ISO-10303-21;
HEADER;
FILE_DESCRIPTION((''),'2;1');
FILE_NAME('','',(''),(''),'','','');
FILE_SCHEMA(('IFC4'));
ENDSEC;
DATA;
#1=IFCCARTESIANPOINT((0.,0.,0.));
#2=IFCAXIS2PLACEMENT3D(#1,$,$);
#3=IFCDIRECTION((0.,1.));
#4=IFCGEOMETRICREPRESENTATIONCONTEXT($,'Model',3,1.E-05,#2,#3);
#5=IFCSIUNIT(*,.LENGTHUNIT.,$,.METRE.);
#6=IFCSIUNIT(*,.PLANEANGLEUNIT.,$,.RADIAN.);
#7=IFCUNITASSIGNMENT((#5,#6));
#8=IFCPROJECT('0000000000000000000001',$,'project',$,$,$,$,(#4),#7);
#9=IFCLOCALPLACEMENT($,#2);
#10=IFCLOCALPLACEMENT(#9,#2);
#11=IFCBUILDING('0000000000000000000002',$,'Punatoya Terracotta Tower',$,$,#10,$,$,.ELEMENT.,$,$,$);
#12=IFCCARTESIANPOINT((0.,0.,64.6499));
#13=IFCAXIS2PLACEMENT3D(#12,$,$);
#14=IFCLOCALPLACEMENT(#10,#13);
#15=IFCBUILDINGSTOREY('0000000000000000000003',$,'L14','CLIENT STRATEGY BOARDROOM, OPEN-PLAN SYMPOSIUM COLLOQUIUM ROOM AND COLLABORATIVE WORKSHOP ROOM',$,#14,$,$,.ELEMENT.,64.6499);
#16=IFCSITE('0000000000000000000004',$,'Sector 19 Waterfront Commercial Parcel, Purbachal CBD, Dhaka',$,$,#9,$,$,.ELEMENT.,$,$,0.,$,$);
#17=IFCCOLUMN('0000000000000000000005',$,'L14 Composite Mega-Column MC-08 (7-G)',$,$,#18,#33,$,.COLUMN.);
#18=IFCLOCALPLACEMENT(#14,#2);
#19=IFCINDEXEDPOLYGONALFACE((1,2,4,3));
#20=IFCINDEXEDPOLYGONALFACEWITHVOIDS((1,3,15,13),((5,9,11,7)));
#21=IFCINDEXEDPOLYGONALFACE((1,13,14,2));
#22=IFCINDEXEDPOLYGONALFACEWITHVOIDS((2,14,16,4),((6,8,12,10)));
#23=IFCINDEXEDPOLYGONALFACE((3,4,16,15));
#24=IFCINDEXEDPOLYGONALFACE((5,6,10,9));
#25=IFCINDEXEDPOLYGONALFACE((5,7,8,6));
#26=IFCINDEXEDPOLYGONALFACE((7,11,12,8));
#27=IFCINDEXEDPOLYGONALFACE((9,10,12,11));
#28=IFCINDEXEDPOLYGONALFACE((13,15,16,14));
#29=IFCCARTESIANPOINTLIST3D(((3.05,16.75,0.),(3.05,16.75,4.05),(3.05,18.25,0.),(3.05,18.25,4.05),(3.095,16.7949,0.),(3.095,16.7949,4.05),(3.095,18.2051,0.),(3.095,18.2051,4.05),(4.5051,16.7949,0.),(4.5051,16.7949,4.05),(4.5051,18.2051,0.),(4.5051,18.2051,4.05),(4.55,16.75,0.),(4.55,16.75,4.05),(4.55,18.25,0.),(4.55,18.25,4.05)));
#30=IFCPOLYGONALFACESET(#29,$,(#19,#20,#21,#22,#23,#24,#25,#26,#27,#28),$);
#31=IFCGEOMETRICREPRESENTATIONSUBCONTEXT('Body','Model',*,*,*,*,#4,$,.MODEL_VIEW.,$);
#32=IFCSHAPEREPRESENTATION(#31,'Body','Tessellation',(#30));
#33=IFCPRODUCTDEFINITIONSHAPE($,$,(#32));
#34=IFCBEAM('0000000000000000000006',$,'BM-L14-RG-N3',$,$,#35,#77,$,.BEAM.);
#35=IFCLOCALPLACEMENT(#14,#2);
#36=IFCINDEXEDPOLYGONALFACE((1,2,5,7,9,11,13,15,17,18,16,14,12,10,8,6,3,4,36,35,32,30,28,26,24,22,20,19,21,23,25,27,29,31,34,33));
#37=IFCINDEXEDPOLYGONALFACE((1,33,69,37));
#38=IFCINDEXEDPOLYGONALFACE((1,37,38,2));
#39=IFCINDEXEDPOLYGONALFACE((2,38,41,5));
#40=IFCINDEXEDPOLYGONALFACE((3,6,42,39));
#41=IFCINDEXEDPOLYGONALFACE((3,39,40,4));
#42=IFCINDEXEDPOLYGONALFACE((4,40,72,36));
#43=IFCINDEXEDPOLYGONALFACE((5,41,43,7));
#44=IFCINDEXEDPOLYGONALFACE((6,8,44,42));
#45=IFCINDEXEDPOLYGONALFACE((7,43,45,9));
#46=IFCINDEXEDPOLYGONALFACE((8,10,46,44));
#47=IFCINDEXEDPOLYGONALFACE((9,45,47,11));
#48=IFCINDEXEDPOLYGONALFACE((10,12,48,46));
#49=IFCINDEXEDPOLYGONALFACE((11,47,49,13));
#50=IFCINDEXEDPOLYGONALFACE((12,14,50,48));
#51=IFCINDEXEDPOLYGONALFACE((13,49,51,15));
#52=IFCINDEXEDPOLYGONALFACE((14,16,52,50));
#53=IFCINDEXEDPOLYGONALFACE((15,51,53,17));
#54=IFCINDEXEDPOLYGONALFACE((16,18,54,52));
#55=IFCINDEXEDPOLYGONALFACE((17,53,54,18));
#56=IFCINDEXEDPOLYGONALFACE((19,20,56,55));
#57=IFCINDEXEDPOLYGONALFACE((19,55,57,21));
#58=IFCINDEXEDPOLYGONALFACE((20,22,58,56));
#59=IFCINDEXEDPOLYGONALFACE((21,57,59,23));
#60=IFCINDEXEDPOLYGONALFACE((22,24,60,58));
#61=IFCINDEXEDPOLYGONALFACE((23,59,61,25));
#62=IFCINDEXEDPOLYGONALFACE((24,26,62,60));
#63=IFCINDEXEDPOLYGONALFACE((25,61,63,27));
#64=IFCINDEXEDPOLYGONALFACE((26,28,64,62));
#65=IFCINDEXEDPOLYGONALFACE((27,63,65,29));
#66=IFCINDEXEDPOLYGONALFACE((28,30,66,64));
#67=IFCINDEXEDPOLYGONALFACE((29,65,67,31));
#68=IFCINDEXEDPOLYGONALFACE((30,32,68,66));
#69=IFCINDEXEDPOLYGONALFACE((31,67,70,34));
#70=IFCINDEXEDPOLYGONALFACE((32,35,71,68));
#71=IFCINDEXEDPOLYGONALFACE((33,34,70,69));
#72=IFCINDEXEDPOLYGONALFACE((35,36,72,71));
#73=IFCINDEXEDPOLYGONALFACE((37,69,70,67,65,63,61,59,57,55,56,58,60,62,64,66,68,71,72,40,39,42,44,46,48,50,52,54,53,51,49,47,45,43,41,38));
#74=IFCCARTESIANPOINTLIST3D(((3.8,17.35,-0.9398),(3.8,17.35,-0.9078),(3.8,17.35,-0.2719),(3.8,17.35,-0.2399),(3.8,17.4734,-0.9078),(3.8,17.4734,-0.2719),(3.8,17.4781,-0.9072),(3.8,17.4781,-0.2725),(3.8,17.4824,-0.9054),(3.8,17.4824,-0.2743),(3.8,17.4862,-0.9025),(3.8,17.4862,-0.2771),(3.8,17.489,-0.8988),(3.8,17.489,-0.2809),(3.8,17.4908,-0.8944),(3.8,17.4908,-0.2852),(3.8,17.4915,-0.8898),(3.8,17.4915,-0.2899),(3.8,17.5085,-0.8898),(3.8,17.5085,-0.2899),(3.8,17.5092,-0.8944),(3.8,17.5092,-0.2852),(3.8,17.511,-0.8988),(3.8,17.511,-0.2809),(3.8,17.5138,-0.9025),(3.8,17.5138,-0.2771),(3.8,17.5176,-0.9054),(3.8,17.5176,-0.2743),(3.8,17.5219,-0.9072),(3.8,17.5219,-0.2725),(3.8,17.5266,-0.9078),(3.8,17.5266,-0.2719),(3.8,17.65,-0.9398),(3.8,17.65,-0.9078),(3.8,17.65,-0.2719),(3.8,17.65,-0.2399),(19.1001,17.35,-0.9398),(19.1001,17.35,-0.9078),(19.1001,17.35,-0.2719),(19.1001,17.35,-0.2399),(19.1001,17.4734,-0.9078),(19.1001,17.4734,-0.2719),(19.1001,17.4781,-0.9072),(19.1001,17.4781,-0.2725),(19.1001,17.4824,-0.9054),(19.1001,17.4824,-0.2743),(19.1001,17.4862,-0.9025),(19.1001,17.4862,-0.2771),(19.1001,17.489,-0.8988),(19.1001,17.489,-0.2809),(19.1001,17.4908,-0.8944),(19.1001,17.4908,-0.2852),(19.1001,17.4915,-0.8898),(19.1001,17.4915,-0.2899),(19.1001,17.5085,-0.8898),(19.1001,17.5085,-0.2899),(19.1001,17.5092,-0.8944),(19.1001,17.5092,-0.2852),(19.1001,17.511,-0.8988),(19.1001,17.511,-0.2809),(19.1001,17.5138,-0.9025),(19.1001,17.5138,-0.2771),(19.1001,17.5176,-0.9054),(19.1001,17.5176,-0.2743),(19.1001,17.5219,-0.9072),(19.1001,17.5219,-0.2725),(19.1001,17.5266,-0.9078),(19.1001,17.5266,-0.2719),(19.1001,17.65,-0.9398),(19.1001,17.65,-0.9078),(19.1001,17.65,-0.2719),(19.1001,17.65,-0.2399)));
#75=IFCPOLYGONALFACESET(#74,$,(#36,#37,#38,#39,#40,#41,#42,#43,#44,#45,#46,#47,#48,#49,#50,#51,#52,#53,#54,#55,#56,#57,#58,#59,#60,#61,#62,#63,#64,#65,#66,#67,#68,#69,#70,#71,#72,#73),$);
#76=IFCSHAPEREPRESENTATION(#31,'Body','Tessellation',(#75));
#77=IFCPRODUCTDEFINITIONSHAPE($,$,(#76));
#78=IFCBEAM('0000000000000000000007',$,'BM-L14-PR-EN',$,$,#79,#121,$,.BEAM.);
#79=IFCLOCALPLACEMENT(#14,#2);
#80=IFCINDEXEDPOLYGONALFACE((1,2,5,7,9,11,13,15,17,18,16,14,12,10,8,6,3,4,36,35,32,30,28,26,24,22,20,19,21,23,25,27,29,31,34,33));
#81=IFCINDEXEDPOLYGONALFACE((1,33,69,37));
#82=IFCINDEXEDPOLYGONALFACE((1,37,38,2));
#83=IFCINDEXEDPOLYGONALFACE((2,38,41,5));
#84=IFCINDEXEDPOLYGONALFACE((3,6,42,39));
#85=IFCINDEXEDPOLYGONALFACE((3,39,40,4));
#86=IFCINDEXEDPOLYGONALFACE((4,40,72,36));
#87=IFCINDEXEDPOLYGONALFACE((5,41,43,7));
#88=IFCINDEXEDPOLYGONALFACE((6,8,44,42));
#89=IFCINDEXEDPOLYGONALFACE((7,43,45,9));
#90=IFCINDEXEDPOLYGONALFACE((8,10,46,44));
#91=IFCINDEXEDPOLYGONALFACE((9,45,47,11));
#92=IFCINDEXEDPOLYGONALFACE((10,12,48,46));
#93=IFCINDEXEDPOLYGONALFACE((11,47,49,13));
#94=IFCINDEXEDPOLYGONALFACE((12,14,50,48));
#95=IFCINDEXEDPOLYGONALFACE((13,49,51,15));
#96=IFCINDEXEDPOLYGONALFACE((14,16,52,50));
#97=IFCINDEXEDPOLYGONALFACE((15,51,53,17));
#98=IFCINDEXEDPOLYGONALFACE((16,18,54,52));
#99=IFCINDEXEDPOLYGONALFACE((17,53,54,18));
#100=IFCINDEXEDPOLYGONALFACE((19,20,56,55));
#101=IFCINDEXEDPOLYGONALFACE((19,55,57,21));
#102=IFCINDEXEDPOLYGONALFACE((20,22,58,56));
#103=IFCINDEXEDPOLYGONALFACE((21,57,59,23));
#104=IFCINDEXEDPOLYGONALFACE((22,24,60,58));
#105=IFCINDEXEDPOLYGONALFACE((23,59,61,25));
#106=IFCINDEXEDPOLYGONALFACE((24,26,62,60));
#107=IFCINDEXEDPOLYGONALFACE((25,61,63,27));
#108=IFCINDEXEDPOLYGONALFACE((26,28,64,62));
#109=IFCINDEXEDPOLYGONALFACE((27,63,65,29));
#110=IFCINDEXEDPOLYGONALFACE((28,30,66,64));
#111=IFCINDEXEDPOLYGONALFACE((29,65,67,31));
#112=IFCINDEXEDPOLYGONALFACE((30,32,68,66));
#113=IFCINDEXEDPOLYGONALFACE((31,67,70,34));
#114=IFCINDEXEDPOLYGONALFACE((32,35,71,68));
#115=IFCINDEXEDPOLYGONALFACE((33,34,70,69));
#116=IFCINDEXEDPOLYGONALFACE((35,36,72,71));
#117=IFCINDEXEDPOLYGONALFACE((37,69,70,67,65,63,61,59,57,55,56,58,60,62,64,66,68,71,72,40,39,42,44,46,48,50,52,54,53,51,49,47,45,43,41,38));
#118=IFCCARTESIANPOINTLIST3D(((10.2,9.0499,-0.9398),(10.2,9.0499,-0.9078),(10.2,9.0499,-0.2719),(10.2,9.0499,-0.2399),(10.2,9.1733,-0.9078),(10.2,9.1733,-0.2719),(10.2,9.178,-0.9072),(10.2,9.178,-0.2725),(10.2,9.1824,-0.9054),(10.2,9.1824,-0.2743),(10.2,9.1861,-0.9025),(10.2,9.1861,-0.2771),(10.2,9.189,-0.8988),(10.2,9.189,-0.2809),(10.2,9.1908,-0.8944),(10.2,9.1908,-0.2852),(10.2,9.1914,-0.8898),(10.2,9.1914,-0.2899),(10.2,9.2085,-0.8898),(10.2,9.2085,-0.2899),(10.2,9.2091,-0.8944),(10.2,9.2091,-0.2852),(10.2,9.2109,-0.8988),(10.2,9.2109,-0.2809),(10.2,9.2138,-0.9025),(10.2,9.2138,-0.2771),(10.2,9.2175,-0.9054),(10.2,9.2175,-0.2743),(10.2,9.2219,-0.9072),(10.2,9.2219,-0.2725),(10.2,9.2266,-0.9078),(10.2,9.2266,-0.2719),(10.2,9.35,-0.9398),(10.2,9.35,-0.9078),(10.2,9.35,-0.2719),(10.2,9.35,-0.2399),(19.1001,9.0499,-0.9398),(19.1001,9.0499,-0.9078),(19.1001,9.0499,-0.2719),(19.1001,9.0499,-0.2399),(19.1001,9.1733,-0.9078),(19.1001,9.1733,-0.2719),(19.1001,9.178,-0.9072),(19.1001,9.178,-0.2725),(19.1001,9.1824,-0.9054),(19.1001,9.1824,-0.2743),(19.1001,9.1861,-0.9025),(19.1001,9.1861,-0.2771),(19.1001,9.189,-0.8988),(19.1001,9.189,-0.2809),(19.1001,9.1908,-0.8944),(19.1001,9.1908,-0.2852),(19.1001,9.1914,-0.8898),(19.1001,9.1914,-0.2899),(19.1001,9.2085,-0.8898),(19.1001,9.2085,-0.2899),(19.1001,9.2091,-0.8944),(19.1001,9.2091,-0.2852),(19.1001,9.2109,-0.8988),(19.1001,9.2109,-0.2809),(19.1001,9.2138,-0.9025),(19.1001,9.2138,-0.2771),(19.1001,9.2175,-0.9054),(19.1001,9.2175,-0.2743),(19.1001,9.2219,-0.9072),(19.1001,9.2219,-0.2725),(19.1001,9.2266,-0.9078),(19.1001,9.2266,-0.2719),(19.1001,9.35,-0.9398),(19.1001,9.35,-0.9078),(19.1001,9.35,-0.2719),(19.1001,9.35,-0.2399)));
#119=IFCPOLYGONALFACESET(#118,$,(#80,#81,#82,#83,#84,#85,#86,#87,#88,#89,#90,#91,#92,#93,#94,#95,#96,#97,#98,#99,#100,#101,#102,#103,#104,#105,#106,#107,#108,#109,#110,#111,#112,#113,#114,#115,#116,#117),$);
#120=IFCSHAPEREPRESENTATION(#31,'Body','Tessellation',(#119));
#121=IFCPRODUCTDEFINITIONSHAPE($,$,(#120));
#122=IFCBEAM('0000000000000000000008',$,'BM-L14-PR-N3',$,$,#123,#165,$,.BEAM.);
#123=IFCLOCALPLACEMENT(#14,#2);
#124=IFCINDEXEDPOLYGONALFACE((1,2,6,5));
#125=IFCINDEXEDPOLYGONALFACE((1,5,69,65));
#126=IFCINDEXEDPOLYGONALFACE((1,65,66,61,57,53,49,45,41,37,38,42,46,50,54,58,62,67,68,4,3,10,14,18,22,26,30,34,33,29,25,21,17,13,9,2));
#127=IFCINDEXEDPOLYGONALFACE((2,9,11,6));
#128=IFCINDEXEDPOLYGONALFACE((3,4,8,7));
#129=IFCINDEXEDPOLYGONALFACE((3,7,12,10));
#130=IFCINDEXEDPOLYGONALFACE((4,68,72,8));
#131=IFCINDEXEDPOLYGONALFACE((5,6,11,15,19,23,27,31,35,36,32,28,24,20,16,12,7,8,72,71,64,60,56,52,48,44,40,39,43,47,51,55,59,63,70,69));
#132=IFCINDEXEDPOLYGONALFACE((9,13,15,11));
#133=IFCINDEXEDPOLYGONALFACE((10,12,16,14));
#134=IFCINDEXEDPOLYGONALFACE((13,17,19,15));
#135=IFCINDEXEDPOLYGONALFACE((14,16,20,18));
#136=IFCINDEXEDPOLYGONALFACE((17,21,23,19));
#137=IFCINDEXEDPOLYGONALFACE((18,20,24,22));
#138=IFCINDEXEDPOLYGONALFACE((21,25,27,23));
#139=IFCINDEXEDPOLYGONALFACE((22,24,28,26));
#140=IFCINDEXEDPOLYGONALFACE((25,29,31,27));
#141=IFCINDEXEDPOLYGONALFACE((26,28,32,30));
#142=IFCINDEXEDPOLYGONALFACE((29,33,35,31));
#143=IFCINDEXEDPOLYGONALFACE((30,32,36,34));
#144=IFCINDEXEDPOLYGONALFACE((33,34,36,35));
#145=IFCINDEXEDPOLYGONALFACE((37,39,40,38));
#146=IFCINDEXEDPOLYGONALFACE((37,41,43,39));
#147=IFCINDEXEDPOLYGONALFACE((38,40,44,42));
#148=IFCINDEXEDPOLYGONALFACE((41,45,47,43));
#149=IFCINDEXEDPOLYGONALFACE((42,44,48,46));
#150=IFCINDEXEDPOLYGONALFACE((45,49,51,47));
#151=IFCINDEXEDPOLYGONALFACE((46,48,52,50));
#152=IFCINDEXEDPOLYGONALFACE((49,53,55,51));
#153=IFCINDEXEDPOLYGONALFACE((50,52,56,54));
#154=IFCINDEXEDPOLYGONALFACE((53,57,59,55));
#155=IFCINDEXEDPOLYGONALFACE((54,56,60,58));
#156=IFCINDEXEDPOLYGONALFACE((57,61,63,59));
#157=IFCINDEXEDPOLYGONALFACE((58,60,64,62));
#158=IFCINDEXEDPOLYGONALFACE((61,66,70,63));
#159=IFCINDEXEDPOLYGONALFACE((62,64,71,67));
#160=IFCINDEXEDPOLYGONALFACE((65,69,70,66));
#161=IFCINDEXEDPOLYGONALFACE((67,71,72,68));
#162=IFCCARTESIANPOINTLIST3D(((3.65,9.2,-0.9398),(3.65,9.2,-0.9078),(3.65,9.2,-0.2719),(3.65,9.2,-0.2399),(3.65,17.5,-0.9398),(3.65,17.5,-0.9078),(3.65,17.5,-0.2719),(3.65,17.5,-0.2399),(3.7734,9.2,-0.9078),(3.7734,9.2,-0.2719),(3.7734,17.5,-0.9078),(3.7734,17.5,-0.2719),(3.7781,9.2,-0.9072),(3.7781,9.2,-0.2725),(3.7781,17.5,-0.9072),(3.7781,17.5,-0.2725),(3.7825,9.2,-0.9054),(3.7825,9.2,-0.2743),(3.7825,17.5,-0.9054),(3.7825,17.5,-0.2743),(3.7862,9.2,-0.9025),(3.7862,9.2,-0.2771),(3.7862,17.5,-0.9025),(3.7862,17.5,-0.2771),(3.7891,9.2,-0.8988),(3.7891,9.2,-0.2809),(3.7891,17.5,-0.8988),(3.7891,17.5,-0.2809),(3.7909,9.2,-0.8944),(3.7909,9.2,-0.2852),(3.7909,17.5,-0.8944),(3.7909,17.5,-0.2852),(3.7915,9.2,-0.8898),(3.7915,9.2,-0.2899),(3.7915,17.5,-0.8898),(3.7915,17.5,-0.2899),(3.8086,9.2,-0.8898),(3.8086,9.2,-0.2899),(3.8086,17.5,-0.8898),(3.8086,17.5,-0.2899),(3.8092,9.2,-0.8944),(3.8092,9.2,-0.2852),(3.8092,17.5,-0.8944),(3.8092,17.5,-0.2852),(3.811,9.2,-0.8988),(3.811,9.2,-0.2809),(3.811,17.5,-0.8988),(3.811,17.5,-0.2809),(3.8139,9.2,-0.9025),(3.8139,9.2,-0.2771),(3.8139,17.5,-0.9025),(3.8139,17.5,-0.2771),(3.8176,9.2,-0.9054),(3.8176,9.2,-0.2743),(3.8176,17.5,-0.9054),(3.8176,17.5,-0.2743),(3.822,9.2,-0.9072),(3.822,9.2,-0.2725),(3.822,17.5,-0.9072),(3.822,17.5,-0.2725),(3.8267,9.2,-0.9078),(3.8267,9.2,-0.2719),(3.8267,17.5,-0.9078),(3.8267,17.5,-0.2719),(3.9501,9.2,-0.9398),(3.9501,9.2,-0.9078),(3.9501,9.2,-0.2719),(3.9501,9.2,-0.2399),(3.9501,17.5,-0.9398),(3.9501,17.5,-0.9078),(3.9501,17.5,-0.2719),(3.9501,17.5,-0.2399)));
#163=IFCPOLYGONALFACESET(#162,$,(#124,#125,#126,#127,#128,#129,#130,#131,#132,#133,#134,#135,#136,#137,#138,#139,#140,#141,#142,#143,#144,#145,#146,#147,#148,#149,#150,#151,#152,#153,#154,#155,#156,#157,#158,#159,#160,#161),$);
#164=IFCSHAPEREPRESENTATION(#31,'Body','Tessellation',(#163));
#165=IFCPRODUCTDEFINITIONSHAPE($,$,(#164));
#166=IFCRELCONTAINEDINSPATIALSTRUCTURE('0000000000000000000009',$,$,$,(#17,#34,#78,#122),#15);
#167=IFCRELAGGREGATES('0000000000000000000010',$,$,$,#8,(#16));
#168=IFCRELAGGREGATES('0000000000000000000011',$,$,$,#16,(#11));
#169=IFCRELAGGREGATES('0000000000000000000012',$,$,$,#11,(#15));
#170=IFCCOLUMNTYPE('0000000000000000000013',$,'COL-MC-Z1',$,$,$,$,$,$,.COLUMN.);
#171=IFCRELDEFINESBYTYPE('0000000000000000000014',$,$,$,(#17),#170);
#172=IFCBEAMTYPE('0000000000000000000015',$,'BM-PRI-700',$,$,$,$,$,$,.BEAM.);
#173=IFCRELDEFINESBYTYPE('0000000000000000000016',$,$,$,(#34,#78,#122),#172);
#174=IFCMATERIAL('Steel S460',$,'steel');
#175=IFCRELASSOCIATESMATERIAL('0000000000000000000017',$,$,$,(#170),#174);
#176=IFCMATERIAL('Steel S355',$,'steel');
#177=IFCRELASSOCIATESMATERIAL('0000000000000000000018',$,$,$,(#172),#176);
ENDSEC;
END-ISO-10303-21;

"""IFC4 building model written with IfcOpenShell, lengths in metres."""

from ifc_helpers import new_model, si_unit, direction, frame, origin, origin_2d, place, context, subcontext, project, spatial, hollow_rectangle, i_section, extrude, material, material_profile, profile_set, type_object, element, save


model = new_model("IFC4")

# Units and contexts
model_context = context("Model", 3, precision=1e-05, world=origin(), true_north=direction((0.0, 1.0)))
body_context = subcontext(model_context, "Body", "Model", "MODEL_VIEW")
ifc_project = project(units=[si_unit("LENGTHUNIT", "METRE"), si_unit("PLANEANGLEUNIT", "RADIAN")], contexts=[model_context])

# Site, building, storey
site_placement = place(None, origin())
site = spatial("IfcSite", under=ifc_project, at=site_placement, Name="Sector 19 Waterfront Commercial Parcel, Purbachal CBD, Dhaka", CompositionType="ELEMENT", RefElevation=0.0)
building_placement = place(site_placement, origin())
building = spatial("IfcBuilding", under=site, at=building_placement, Name="Punatoya Terracotta Tower", CompositionType="ELEMENT")
storey_placement = place(building_placement, frame((0.0, 0.0, 64.6499)))
storey = spatial("IfcBuildingStorey", under=building, at=storey_placement, Name="L14", Description="CLIENT STRATEGY BOARDROOM, OPEN-PLAN SYMPOSIUM COLLOQUIUM ROOM AND COLLABORATIVE WORKSHOP ROOM", CompositionType="ELEMENT", Elevation=64.6499)

# Column
ifc_material_1 = material(Name="Steel S460", Category="steel")
ifc_material_profile_1 = material_profile(ifc_material_1, hollow_rectangle(XDim=1.5, YDim=1.5, WallThickness=0.0449, at=origin_2d()))
ifc_profile_set_1 = profile_set([ifc_material_profile_1], Name="Steel S460")
column_type = type_object("IfcColumnType", Name="COL-MC-Z1", PredefinedType="COLUMN", material=ifc_profile_set_1)
column_placement = place(storey_placement, frame((3.8, 17.5, 0.0), z_axis=(0.0, 0.0, 1.0), x_axis=(1.0, 0.0, 0.0)))
element("IfcColumn", 1, at=column_placement, inside=storey, type_object=column_type, Name="L14 Composite Mega-Column MC-08 (7-G)", PredefinedType="COLUMN", context=body_context, shape_type="SweptSolid", body=[
    extrude(hollow_rectangle(XDim=1.5, YDim=1.5, WallThickness=0.0449, at=origin_2d()), origin(), (0.0, 0.0, 1.0), 4.05),
])

# Beams
ifc_material_2 = material(Name="Steel S355", Category="steel")
ifc_material_profile_2 = material_profile(ifc_material_2, i_section(OverallWidth=0.3, OverallDepth=0.7, WebThickness=0.0171, FlangeThickness=0.032, FilletRadius=0.0181, at=origin_2d()))
ifc_profile_set_2 = profile_set([ifc_material_profile_2], Name="Steel S355")
beam_type_1 = type_object("IfcBeamType", Name="BM-PRI-700", PredefinedType="BEAM", material=ifc_profile_set_2)
beam_1_placement = place(storey_placement, frame((3.8, 17.5, -0.5898), z_axis=(1.0, 0.0, 0.0), x_axis=(0.0, 1.0, 0.0)))
element("IfcBeam", 2, at=beam_1_placement, inside=storey, type_object=beam_type_1, Name="BM-L14-RG-N3", PredefinedType="BEAM", context=body_context, shape_type="SweptSolid", body=[
    extrude(i_section(OverallWidth=0.3, OverallDepth=0.7, WebThickness=0.0171, FlangeThickness=0.032, FilletRadius=0.0181, at=origin_2d()), origin(), (0.0, 0.0, 1.0), 15.3),
])
beam_2_placement = place(storey_placement, frame((10.2, 9.2, -0.5898), z_axis=(1.0, 0.0, 0.0), x_axis=(0.0, 1.0, 0.0)))
element("IfcBeam", 3, at=beam_2_placement, inside=storey, type_object=beam_type_1, Name="BM-L14-PR-EN", PredefinedType="BEAM", context=body_context, shape_type="SweptSolid", body=[
    extrude(i_section(OverallWidth=0.3, OverallDepth=0.7, WebThickness=0.0171, FlangeThickness=0.032, FilletRadius=0.0181, at=origin_2d()), origin(), (0.0, 0.0, 1.0), 8.9001),
])
for number, where, z_axis, x_axis, name in (
    (4, (3.8, 9.2, -0.5898), (0.0, 1.0, 0.0), (-1.0, 0.0, 0.0), "BM-L14-PR-N3"),
):
    element("IfcBeam", number, at=place(storey_placement, frame(where, z_axis=z_axis, x_axis=x_axis)), inside=storey, type_object=beam_type_1, Name=name, PredefinedType="BEAM", context=body_context, shape_type="SweptSolid", body=[
        extrude(i_section(OverallWidth=0.3, OverallDepth=0.7, WebThickness=0.0171, FlangeThickness=0.032, FilletRadius=0.0181, at=origin_2d()), origin(), (0.0, 0.0, 1.0), 8.3),
    ])

save(model, "model.ifc")
